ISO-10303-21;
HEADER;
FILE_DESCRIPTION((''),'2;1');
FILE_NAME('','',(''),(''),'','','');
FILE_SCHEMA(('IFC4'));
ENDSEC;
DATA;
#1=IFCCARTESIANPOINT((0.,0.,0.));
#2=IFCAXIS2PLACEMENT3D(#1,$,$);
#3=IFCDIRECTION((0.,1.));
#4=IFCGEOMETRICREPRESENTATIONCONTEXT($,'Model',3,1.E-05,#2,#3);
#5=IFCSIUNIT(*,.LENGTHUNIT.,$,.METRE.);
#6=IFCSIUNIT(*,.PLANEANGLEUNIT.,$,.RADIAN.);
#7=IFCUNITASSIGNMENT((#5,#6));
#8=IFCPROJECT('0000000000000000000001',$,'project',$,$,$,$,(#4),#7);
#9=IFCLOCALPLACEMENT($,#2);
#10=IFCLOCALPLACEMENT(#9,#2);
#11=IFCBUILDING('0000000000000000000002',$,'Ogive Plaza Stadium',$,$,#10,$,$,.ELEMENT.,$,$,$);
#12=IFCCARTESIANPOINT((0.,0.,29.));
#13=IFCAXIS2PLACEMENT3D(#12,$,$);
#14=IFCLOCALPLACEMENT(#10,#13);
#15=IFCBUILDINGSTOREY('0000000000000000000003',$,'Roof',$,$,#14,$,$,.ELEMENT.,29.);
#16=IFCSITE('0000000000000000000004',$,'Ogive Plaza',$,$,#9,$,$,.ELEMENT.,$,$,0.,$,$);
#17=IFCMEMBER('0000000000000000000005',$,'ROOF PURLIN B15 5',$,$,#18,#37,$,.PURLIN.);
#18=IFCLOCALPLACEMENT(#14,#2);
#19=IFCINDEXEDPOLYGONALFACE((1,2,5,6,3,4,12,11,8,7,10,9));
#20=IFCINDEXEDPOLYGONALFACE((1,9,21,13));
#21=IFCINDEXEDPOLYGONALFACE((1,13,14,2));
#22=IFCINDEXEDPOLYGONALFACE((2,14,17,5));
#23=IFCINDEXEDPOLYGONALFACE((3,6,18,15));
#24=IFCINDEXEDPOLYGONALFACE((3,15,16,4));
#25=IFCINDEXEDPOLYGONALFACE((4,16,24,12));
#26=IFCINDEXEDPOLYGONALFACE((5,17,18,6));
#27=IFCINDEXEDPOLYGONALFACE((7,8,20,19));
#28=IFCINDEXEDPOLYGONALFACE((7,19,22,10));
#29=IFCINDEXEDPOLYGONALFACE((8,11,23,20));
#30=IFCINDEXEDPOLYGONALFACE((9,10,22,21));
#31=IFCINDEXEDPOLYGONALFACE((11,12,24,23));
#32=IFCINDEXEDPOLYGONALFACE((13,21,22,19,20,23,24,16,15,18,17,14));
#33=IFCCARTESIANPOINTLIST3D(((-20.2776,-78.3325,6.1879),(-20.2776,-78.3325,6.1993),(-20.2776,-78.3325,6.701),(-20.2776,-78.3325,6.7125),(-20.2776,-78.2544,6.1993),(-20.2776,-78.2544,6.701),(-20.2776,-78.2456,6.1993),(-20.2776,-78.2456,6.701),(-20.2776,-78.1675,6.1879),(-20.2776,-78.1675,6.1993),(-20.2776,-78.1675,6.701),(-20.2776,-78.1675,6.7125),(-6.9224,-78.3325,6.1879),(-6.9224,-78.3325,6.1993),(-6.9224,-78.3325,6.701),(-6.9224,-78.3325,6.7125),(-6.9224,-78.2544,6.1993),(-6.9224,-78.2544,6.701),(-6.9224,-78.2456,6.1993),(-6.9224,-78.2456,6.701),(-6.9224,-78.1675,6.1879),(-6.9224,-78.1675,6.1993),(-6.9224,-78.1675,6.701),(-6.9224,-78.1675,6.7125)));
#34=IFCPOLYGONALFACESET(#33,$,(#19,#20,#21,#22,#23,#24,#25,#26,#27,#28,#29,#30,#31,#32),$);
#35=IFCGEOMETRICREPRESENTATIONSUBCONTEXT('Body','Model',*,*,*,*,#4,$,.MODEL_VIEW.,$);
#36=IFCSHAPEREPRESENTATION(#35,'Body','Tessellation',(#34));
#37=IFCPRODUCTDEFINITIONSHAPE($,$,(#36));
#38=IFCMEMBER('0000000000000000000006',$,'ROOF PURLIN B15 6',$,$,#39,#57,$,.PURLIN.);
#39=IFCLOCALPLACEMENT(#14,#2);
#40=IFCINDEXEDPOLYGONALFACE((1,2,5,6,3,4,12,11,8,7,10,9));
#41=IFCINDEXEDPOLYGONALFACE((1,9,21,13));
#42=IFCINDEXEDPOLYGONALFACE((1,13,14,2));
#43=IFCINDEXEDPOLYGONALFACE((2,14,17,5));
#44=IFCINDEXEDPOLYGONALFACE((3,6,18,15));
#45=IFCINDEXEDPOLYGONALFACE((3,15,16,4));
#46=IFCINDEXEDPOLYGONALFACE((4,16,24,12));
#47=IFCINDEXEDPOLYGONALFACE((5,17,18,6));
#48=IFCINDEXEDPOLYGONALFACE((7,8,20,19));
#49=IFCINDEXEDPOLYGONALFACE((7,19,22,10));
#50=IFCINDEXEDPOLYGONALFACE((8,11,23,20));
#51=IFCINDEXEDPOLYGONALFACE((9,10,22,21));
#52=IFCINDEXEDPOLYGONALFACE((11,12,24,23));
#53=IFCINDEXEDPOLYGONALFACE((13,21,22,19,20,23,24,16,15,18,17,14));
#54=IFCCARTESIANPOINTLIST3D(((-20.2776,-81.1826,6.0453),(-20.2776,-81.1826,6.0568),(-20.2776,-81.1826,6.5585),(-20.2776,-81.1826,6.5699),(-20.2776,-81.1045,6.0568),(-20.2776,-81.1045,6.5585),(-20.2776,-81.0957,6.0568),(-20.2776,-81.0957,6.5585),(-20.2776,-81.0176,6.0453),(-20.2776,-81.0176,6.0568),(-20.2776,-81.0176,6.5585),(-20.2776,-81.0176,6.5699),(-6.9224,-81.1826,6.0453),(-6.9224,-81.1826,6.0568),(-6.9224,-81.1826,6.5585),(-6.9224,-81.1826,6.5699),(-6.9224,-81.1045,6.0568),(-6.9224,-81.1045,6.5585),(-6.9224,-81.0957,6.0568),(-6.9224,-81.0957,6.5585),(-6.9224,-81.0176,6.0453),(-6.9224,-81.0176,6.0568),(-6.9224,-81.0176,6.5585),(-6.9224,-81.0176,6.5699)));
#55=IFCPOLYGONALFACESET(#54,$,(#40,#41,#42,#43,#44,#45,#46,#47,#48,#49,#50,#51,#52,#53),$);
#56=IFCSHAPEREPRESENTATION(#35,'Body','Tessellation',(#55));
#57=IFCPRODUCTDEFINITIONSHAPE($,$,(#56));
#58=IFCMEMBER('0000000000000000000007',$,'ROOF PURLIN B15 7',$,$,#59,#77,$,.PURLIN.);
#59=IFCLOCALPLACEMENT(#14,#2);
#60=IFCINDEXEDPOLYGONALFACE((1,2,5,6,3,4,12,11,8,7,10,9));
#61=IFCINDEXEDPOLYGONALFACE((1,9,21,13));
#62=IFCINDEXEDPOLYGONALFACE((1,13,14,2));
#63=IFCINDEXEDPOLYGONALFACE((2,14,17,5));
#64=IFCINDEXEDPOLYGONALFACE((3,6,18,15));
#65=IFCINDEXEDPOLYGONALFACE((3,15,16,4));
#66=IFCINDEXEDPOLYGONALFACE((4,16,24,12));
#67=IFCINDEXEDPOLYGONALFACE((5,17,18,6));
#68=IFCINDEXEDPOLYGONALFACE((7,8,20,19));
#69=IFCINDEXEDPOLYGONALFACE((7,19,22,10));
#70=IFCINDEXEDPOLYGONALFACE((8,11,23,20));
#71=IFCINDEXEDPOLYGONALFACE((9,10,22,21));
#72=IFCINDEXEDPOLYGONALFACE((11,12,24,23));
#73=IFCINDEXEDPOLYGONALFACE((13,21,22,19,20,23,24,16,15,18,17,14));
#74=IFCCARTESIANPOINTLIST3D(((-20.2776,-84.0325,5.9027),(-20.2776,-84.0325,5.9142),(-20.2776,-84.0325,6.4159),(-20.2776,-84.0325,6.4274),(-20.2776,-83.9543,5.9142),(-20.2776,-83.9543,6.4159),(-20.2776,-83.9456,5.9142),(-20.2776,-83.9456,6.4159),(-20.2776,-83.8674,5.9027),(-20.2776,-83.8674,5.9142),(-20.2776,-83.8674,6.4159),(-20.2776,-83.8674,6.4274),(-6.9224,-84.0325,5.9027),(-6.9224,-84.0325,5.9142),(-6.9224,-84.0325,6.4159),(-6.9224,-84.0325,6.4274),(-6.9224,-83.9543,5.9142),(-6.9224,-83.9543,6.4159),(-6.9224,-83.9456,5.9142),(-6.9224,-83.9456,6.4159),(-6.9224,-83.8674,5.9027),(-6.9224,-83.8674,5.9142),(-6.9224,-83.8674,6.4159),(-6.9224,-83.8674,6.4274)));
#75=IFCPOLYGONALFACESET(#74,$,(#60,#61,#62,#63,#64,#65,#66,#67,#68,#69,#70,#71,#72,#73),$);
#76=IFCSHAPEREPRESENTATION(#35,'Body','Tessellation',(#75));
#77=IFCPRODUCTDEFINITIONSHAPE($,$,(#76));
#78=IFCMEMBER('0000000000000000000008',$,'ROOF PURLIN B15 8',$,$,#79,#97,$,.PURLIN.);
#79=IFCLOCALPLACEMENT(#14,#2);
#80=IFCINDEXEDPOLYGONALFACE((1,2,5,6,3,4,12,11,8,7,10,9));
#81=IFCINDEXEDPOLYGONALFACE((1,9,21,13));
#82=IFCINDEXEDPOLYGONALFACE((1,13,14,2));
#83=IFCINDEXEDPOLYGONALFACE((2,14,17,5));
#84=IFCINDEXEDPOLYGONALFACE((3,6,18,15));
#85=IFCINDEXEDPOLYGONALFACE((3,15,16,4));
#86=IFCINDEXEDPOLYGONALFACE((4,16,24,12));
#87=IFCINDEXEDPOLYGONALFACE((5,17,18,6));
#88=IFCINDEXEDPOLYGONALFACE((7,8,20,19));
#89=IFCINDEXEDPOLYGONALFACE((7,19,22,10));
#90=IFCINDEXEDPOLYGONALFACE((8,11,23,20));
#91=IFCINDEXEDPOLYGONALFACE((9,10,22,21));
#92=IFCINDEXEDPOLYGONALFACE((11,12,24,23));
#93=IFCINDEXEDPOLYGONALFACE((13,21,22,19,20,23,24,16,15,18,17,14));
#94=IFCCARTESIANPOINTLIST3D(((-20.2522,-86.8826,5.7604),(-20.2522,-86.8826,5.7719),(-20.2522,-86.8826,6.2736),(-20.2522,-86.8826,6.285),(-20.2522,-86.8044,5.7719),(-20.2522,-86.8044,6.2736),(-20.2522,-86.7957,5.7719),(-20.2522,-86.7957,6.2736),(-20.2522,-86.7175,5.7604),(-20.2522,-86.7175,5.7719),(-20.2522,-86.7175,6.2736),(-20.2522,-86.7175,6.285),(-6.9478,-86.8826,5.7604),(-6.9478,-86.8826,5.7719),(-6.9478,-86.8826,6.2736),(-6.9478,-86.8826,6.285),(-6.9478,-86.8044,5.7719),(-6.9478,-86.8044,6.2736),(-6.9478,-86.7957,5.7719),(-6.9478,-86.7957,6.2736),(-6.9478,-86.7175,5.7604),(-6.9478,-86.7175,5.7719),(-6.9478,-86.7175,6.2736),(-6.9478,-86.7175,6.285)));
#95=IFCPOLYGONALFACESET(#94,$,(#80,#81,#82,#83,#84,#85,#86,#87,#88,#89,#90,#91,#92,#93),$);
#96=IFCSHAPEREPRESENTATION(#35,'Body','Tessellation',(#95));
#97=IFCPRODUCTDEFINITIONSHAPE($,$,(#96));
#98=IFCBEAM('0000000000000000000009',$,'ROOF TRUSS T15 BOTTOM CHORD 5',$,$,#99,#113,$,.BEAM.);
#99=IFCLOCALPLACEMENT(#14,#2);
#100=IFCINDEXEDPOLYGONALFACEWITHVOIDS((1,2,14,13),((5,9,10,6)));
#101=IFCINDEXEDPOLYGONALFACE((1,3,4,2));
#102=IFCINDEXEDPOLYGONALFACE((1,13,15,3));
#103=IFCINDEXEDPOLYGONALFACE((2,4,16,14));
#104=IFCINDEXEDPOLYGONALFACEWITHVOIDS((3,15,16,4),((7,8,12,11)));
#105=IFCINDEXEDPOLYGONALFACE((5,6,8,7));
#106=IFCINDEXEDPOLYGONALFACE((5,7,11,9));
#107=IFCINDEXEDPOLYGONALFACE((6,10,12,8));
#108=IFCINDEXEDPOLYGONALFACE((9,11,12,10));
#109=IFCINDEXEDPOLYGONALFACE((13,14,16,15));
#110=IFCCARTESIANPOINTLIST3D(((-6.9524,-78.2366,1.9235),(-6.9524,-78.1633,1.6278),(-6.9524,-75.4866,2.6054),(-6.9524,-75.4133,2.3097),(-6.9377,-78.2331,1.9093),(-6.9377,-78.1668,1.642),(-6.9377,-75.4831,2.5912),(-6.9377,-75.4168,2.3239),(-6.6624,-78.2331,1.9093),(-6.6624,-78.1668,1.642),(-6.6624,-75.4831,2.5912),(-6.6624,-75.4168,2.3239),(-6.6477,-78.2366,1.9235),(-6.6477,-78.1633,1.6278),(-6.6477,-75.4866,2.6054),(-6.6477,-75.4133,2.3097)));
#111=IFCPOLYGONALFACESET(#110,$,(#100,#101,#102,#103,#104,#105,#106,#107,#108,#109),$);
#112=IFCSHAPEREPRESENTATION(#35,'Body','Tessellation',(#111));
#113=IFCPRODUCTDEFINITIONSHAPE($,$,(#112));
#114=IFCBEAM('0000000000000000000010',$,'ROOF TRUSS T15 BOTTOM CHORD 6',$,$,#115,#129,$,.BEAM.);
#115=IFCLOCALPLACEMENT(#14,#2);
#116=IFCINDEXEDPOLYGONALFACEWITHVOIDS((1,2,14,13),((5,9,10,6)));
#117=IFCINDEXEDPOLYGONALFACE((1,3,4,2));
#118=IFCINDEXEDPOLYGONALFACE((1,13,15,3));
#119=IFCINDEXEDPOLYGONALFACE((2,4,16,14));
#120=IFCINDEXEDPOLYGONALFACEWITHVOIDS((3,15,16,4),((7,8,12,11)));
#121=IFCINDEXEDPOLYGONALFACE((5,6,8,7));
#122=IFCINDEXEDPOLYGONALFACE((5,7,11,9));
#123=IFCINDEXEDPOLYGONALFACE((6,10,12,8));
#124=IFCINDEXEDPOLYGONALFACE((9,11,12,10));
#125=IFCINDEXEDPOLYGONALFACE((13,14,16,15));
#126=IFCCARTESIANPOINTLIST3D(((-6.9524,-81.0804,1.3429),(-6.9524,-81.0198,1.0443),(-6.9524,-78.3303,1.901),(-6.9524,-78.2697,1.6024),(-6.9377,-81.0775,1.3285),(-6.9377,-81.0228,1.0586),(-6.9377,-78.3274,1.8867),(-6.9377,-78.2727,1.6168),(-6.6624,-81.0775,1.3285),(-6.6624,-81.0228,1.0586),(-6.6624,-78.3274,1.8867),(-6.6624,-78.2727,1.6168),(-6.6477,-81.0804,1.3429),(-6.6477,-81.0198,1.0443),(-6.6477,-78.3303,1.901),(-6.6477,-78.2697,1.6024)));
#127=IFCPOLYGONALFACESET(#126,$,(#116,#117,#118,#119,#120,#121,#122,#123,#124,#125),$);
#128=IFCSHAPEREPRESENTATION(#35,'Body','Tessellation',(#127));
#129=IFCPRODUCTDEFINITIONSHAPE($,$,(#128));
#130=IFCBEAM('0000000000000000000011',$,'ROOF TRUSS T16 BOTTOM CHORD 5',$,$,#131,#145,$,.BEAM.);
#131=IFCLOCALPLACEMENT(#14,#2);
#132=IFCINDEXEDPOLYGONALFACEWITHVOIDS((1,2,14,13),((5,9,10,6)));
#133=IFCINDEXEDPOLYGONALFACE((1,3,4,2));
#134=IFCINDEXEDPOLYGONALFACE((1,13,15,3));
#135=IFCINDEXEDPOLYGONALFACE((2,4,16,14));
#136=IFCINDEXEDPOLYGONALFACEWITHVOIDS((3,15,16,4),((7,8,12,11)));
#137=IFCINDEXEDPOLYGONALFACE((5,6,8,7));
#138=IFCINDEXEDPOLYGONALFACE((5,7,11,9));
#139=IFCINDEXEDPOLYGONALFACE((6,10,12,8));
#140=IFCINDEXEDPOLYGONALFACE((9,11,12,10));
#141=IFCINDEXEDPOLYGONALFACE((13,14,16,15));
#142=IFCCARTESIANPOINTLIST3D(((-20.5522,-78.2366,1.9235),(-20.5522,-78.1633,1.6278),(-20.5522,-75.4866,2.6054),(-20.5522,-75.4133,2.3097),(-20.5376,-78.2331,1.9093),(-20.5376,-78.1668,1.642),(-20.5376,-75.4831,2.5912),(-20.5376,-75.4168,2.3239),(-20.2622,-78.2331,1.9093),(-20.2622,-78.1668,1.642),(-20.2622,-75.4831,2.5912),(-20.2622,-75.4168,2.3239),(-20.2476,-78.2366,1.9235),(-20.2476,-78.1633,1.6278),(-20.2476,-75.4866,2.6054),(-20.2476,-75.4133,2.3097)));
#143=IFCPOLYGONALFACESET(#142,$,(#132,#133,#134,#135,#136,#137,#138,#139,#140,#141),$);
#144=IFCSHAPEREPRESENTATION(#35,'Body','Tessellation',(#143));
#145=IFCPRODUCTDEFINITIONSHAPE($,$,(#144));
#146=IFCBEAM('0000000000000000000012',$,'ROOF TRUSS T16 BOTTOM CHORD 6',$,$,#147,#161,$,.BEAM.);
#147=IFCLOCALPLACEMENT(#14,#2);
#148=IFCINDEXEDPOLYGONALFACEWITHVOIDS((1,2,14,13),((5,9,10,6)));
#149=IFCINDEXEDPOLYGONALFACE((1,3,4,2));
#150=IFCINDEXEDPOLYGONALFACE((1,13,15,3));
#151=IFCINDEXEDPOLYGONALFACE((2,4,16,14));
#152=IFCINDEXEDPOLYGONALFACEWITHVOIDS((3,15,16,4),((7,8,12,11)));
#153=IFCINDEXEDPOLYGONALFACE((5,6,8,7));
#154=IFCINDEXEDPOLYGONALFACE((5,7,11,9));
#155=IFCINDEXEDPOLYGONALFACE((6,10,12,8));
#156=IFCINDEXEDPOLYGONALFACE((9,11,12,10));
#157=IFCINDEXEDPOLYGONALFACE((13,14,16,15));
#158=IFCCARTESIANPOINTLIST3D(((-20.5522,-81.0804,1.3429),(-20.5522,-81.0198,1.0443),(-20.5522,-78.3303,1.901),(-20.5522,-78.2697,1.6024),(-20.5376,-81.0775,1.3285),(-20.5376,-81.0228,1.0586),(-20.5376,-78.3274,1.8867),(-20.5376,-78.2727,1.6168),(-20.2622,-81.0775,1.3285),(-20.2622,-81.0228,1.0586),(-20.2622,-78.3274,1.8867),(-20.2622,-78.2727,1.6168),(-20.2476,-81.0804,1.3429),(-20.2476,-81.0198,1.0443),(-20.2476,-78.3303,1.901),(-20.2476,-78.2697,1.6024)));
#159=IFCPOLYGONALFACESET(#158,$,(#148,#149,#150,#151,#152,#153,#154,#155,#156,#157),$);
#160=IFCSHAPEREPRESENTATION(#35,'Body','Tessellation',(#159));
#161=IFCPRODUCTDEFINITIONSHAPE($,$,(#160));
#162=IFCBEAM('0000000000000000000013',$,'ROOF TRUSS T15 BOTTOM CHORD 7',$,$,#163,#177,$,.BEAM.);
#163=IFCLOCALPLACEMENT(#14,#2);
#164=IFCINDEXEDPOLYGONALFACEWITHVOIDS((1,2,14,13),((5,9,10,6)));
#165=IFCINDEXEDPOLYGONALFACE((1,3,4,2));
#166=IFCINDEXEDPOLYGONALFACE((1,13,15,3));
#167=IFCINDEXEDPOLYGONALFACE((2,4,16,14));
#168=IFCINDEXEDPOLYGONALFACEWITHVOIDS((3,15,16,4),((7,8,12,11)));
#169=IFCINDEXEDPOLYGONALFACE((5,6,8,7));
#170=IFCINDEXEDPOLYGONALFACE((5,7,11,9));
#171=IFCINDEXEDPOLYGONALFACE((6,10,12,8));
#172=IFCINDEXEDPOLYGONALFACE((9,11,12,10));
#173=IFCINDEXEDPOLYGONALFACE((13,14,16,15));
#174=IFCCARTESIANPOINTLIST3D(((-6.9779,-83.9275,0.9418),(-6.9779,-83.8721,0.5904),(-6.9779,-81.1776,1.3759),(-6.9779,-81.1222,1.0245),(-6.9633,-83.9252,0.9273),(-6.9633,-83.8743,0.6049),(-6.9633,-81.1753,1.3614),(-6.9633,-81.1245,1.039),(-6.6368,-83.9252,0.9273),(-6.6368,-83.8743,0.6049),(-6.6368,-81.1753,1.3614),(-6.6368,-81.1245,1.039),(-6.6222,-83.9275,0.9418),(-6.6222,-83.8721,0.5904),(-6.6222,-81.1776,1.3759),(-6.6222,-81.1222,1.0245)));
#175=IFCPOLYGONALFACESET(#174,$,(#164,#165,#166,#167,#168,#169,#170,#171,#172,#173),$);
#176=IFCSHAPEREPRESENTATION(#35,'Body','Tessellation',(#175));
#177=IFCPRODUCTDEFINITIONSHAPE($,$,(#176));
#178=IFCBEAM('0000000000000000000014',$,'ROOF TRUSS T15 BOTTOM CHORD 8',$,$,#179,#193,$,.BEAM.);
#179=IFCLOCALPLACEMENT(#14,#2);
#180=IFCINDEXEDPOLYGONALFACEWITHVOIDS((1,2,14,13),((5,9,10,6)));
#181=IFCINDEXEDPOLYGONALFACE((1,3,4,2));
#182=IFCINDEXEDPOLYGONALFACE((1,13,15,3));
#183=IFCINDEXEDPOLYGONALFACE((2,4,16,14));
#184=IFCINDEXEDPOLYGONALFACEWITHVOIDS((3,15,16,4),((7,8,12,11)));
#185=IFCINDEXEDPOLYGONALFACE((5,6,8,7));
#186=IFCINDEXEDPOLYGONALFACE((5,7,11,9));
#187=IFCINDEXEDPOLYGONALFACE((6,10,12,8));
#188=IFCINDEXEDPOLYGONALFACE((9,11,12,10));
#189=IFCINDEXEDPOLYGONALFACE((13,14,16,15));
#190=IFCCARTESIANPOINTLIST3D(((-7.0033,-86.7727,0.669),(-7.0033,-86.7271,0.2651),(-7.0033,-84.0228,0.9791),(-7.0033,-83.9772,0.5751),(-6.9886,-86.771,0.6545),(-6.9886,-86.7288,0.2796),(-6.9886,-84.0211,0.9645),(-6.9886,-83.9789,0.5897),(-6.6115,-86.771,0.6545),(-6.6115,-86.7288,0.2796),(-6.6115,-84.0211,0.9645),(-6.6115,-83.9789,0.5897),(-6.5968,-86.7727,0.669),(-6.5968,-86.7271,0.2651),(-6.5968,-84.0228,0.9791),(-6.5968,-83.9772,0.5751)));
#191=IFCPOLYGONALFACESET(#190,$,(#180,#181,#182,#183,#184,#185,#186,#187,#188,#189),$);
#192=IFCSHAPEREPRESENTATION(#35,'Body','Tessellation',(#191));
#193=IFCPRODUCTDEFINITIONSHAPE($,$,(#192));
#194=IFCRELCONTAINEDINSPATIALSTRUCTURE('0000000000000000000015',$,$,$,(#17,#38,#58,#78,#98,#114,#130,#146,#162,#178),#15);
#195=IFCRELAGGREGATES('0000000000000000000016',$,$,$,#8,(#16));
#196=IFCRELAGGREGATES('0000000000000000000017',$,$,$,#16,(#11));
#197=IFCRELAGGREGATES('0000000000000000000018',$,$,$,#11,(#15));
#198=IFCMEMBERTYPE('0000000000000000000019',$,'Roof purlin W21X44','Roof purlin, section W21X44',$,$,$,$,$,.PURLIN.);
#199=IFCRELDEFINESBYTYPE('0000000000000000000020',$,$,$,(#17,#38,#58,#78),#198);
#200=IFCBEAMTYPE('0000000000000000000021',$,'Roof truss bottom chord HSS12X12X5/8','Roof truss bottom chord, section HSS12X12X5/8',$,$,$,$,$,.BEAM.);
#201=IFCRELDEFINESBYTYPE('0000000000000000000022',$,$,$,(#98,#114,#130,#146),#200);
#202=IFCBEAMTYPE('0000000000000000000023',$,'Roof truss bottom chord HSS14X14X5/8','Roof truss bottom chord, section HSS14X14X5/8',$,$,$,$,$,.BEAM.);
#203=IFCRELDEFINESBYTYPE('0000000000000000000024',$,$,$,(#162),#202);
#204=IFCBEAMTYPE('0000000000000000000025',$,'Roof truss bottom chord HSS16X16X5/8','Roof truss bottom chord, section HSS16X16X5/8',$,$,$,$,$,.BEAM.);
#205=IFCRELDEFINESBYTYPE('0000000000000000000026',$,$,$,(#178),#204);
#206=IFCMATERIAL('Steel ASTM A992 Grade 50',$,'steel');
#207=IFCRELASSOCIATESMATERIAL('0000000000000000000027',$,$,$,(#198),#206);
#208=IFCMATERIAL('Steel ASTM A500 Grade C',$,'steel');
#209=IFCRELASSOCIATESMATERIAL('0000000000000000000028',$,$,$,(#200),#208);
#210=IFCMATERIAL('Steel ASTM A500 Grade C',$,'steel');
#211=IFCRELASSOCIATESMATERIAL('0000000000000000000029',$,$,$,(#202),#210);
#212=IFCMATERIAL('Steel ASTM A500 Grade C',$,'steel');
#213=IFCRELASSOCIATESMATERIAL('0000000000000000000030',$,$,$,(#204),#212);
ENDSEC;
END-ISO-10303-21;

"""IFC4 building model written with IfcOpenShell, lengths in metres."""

from ifc_helpers import new_model, si_unit, direction, frame, origin, origin_2d, place, context, subcontext, project, spatial, hollow_rectangle, i_section, extrude, material, material_profile, profile_set, type_object, element, save


model = new_model("IFC4")

# Units and contexts
model_context = context("Model", 3, precision=1e-05, world=origin(), true_north=direction((0.0, 1.0)))
body_context = subcontext(model_context, "Body", "Model", "MODEL_VIEW")
ifc_project = project(units=[si_unit("LENGTHUNIT", "METRE"), si_unit("PLANEANGLEUNIT", "RADIAN")], contexts=[model_context])

# Site, building, storey
site_placement = place(None, origin())
site = spatial("IfcSite", under=ifc_project, at=site_placement, Name="Ogive Plaza", CompositionType="ELEMENT", RefElevation=0.0)
building_placement = place(site_placement, origin())
building = spatial("IfcBuilding", under=site, at=building_placement, Name="Ogive Plaza Stadium", CompositionType="ELEMENT")
storey_placement = place(building_placement, frame((0.0, 0.0, 29.0)))
storey = spatial("IfcBuildingStorey", under=building, at=storey_placement, Name="Roof", CompositionType="ELEMENT", Elevation=29.0)

# Members
ifc_material_1 = material(Name="Steel ASTM A992 Grade 50", Category="steel")
ifc_material_profile_1 = material_profile(ifc_material_1, i_section(OverallWidth=0.165, OverallDepth=0.5247, WebThickness=0.0088, FlangeThickness=0.0115, at=origin_2d()), Name="W21X44")
ifc_profile_set_1 = profile_set([ifc_material_profile_1], Name="Steel ASTM A992 Grade 50")
member_type_1 = type_object("IfcMemberType", Name="Roof purlin W21X44", Description="Roof purlin, section W21X44", PredefinedType="PURLIN", material=ifc_profile_set_1)
for number, where, z_axis, x_axis, name in (
    (1, (-6.9224, -78.25, 6.4502), (-1.0, 0.0, 0.0), (0.0, -1.0, 0.0), "ROOF PURLIN B15 5"),
    (2, (-6.9224, -81.1001, 6.3076), (-1.0, 0.0, 0.0), (0.0, -1.0, 0.0), "ROOF PURLIN B15 6"),
    (3, (-6.9224, -83.95, 6.165), (-1.0, 0.0, 0.0), (0.0, -1.0, 0.0), "ROOF PURLIN B15 7"),
):
    element("IfcMember", number, at=place(storey_placement, frame(where, z_axis=z_axis, x_axis=x_axis)), inside=storey, type_object=member_type_1, Name=name, PredefinedType="PURLIN", context=body_context, shape_type="SweptSolid", body=[
        extrude(i_section(OverallWidth=0.165, OverallDepth=0.5247, WebThickness=0.0088, FlangeThickness=0.0115, at=origin_2d()), origin(), (0.0, 0.0, 1.0), 13.3552),
    ])
member_1_placement = place(storey_placement, frame((-6.9478, -86.8, 6.0227), z_axis=(-1.0, 0.0, 0.0), x_axis=(0.0, -1.0, 0.0)))
element("IfcMember", 4, at=member_1_placement, inside=storey, type_object=member_type_1, Name="ROOF PURLIN B15 8", PredefinedType="PURLIN", context=body_context, shape_type="SweptSolid", body=[
    extrude(i_section(OverallWidth=0.165, OverallDepth=0.5247, WebThickness=0.0088, FlangeThickness=0.0115, at=origin_2d()), origin(), (0.0, 0.0, 1.0), 13.3044),
])

# Beams
ifc_material_2 = material(Name="Steel ASTM A500 Grade C", Category="steel")
ifc_material_profile_2 = material_profile(ifc_material_2, hollow_rectangle(XDim=0.3047, YDim=0.3047, WallThickness=0.0146, at=origin_2d()), Name="HSS12X12X5/8")
ifc_profile_set_2 = profile_set([ifc_material_profile_2], Name="Steel ASTM A500 Grade C")
beam_type_1 = type_object("IfcBeamType", Name="Roof truss bottom chord HSS12X12X5/8", Description="Roof truss bottom chord, section HSS12X12X5/8", PredefinedType="BEAM", material=ifc_profile_set_2)
beam_1_placement = place(storey_placement, frame((-6.8, -75.45, 2.4575), z_axis=(0.0, -0.970607, -0.24067), x_axis=(1.0, 0.0, 0.0)))
element("IfcBeam", 5, at=beam_1_placement, inside=storey, type_object=beam_type_1, Name="ROOF TRUSS T15 BOTTOM CHORD 5", PredefinedType="BEAM", context=body_context, shape_type="SweptSolid", body=[
    extrude(hollow_rectangle(XDim=0.3047, YDim=0.3047, WallThickness=0.0146, at=origin_2d()), origin(), (0.0, 0.0, 1.0), 2.8333),
])
beam_2_placement = place(storey_placement, frame((-6.8, -78.3, 1.7517), z_axis=(0.0, -0.980021, -0.198893), x_axis=(1.0, 0.0, 0.0)))
element("IfcBeam", 6, at=beam_2_placement, inside=storey, type_object=beam_type_1, Name="ROOF TRUSS T15 BOTTOM CHORD 6", PredefinedType="BEAM", context=body_context, shape_type="SweptSolid", body=[
    extrude(hollow_rectangle(XDim=0.3047, YDim=0.3047, WallThickness=0.0146, at=origin_2d()), origin(), (0.0, 0.0, 1.0), 2.8062),
])
beam_3_placement = place(storey_placement, frame((-20.3999, -75.45, 2.4575), z_axis=(0.0, -0.970607, -0.24067), x_axis=(1.0, 0.0, 0.0)))
element("IfcBeam", 7, at=beam_3_placement, inside=storey, type_object=beam_type_1, Name="ROOF TRUSS T16 BOTTOM CHORD 5", PredefinedType="BEAM", context=body_context, shape_type="SweptSolid", body=[
    extrude(hollow_rectangle(XDim=0.3047, YDim=0.3047, WallThickness=0.0146, at=origin_2d()), origin(), (0.0, 0.0, 1.0), 2.8333),
])
beam_4_placement = place(storey_placement, frame((-20.3999, -78.3, 1.7517), z_axis=(0.0, -0.980021, -0.198893), x_axis=(1.0, 0.0, 0.0)))
element("IfcBeam", 8, at=beam_4_placement, inside=storey, type_object=beam_type_1, Name="ROOF TRUSS T16 BOTTOM CHORD 6", PredefinedType="BEAM", context=body_context, shape_type="SweptSolid", body=[
    extrude(hollow_rectangle(XDim=0.3047, YDim=0.3047, WallThickness=0.0146, at=origin_2d()), origin(), (0.0, 0.0, 1.0), 2.8062),
])
ifc_material_3 = material(Name="Steel ASTM A500 Grade C", Category="steel")
ifc_material_profile_3 = material_profile(ifc_material_3, hollow_rectangle(XDim=0.3557, YDim=0.3557, WallThickness=0.0146, at=origin_2d()), Name="HSS14X14X5/8")
ifc_profile_set_3 = profile_set([ifc_material_profile_3], Name="Steel ASTM A500 Grade C")
beam_type_2 = type_object("IfcBeamType", Name="Roof truss bottom chord HSS14X14X5/8", Description="Roof truss bottom chord, section HSS14X14X5/8", PredefinedType="BEAM", material=ifc_profile_set_3)
beam_5_placement = place(storey_placement, frame((-6.8, -81.1499, 1.2002), z_axis=(0.0, -0.98777, -0.155918), x_axis=(1.0, 0.0, 0.0)))
element("IfcBeam", 9, at=beam_5_placement, inside=storey, type_object=beam_type_2, Name="ROOF TRUSS T15 BOTTOM CHORD 7", PredefinedType="BEAM", context=body_context, shape_type="SweptSolid", body=[
    extrude(hollow_rectangle(XDim=0.3557, YDim=0.3557, WallThickness=0.0146, at=origin_2d()), origin(), (0.0, 0.0, 1.0), 2.7839),
])
ifc_material_4 = material(Name="Steel ASTM A500 Grade C", Category="steel")
ifc_material_profile_4 = material_profile(ifc_material_4, hollow_rectangle(XDim=0.4065, YDim=0.4065, WallThickness=0.0146, at=origin_2d()), Name="HSS16X16X5/8")
ifc_profile_set_4 = profile_set([ifc_material_profile_4], Name="Steel ASTM A500 Grade C")
beam_type_3 = type_object("IfcBeamType", Name="Roof truss bottom chord HSS16X16X5/8", Description="Roof truss bottom chord, section HSS16X16X5/8", PredefinedType="BEAM", material=ifc_profile_set_4)
beam_6_placement = place(storey_placement, frame((-6.8, -84.0, 0.7771), z_axis=(0.0, -0.993704, -0.112039), x_axis=(1.0, 0.0, 0.0)))
element("IfcBeam", 10, at=beam_6_placement, inside=storey, type_object=beam_type_3, Name="ROOF TRUSS T15 BOTTOM CHORD 8", PredefinedType="BEAM", context=body_context, shape_type="SweptSolid", body=[
    extrude(hollow_rectangle(XDim=0.4065, YDim=0.4065, WallThickness=0.0146, at=origin_2d()), origin(), (0.0, 0.0, 1.0), 2.7673),
])

save(model, "model.ifc")
